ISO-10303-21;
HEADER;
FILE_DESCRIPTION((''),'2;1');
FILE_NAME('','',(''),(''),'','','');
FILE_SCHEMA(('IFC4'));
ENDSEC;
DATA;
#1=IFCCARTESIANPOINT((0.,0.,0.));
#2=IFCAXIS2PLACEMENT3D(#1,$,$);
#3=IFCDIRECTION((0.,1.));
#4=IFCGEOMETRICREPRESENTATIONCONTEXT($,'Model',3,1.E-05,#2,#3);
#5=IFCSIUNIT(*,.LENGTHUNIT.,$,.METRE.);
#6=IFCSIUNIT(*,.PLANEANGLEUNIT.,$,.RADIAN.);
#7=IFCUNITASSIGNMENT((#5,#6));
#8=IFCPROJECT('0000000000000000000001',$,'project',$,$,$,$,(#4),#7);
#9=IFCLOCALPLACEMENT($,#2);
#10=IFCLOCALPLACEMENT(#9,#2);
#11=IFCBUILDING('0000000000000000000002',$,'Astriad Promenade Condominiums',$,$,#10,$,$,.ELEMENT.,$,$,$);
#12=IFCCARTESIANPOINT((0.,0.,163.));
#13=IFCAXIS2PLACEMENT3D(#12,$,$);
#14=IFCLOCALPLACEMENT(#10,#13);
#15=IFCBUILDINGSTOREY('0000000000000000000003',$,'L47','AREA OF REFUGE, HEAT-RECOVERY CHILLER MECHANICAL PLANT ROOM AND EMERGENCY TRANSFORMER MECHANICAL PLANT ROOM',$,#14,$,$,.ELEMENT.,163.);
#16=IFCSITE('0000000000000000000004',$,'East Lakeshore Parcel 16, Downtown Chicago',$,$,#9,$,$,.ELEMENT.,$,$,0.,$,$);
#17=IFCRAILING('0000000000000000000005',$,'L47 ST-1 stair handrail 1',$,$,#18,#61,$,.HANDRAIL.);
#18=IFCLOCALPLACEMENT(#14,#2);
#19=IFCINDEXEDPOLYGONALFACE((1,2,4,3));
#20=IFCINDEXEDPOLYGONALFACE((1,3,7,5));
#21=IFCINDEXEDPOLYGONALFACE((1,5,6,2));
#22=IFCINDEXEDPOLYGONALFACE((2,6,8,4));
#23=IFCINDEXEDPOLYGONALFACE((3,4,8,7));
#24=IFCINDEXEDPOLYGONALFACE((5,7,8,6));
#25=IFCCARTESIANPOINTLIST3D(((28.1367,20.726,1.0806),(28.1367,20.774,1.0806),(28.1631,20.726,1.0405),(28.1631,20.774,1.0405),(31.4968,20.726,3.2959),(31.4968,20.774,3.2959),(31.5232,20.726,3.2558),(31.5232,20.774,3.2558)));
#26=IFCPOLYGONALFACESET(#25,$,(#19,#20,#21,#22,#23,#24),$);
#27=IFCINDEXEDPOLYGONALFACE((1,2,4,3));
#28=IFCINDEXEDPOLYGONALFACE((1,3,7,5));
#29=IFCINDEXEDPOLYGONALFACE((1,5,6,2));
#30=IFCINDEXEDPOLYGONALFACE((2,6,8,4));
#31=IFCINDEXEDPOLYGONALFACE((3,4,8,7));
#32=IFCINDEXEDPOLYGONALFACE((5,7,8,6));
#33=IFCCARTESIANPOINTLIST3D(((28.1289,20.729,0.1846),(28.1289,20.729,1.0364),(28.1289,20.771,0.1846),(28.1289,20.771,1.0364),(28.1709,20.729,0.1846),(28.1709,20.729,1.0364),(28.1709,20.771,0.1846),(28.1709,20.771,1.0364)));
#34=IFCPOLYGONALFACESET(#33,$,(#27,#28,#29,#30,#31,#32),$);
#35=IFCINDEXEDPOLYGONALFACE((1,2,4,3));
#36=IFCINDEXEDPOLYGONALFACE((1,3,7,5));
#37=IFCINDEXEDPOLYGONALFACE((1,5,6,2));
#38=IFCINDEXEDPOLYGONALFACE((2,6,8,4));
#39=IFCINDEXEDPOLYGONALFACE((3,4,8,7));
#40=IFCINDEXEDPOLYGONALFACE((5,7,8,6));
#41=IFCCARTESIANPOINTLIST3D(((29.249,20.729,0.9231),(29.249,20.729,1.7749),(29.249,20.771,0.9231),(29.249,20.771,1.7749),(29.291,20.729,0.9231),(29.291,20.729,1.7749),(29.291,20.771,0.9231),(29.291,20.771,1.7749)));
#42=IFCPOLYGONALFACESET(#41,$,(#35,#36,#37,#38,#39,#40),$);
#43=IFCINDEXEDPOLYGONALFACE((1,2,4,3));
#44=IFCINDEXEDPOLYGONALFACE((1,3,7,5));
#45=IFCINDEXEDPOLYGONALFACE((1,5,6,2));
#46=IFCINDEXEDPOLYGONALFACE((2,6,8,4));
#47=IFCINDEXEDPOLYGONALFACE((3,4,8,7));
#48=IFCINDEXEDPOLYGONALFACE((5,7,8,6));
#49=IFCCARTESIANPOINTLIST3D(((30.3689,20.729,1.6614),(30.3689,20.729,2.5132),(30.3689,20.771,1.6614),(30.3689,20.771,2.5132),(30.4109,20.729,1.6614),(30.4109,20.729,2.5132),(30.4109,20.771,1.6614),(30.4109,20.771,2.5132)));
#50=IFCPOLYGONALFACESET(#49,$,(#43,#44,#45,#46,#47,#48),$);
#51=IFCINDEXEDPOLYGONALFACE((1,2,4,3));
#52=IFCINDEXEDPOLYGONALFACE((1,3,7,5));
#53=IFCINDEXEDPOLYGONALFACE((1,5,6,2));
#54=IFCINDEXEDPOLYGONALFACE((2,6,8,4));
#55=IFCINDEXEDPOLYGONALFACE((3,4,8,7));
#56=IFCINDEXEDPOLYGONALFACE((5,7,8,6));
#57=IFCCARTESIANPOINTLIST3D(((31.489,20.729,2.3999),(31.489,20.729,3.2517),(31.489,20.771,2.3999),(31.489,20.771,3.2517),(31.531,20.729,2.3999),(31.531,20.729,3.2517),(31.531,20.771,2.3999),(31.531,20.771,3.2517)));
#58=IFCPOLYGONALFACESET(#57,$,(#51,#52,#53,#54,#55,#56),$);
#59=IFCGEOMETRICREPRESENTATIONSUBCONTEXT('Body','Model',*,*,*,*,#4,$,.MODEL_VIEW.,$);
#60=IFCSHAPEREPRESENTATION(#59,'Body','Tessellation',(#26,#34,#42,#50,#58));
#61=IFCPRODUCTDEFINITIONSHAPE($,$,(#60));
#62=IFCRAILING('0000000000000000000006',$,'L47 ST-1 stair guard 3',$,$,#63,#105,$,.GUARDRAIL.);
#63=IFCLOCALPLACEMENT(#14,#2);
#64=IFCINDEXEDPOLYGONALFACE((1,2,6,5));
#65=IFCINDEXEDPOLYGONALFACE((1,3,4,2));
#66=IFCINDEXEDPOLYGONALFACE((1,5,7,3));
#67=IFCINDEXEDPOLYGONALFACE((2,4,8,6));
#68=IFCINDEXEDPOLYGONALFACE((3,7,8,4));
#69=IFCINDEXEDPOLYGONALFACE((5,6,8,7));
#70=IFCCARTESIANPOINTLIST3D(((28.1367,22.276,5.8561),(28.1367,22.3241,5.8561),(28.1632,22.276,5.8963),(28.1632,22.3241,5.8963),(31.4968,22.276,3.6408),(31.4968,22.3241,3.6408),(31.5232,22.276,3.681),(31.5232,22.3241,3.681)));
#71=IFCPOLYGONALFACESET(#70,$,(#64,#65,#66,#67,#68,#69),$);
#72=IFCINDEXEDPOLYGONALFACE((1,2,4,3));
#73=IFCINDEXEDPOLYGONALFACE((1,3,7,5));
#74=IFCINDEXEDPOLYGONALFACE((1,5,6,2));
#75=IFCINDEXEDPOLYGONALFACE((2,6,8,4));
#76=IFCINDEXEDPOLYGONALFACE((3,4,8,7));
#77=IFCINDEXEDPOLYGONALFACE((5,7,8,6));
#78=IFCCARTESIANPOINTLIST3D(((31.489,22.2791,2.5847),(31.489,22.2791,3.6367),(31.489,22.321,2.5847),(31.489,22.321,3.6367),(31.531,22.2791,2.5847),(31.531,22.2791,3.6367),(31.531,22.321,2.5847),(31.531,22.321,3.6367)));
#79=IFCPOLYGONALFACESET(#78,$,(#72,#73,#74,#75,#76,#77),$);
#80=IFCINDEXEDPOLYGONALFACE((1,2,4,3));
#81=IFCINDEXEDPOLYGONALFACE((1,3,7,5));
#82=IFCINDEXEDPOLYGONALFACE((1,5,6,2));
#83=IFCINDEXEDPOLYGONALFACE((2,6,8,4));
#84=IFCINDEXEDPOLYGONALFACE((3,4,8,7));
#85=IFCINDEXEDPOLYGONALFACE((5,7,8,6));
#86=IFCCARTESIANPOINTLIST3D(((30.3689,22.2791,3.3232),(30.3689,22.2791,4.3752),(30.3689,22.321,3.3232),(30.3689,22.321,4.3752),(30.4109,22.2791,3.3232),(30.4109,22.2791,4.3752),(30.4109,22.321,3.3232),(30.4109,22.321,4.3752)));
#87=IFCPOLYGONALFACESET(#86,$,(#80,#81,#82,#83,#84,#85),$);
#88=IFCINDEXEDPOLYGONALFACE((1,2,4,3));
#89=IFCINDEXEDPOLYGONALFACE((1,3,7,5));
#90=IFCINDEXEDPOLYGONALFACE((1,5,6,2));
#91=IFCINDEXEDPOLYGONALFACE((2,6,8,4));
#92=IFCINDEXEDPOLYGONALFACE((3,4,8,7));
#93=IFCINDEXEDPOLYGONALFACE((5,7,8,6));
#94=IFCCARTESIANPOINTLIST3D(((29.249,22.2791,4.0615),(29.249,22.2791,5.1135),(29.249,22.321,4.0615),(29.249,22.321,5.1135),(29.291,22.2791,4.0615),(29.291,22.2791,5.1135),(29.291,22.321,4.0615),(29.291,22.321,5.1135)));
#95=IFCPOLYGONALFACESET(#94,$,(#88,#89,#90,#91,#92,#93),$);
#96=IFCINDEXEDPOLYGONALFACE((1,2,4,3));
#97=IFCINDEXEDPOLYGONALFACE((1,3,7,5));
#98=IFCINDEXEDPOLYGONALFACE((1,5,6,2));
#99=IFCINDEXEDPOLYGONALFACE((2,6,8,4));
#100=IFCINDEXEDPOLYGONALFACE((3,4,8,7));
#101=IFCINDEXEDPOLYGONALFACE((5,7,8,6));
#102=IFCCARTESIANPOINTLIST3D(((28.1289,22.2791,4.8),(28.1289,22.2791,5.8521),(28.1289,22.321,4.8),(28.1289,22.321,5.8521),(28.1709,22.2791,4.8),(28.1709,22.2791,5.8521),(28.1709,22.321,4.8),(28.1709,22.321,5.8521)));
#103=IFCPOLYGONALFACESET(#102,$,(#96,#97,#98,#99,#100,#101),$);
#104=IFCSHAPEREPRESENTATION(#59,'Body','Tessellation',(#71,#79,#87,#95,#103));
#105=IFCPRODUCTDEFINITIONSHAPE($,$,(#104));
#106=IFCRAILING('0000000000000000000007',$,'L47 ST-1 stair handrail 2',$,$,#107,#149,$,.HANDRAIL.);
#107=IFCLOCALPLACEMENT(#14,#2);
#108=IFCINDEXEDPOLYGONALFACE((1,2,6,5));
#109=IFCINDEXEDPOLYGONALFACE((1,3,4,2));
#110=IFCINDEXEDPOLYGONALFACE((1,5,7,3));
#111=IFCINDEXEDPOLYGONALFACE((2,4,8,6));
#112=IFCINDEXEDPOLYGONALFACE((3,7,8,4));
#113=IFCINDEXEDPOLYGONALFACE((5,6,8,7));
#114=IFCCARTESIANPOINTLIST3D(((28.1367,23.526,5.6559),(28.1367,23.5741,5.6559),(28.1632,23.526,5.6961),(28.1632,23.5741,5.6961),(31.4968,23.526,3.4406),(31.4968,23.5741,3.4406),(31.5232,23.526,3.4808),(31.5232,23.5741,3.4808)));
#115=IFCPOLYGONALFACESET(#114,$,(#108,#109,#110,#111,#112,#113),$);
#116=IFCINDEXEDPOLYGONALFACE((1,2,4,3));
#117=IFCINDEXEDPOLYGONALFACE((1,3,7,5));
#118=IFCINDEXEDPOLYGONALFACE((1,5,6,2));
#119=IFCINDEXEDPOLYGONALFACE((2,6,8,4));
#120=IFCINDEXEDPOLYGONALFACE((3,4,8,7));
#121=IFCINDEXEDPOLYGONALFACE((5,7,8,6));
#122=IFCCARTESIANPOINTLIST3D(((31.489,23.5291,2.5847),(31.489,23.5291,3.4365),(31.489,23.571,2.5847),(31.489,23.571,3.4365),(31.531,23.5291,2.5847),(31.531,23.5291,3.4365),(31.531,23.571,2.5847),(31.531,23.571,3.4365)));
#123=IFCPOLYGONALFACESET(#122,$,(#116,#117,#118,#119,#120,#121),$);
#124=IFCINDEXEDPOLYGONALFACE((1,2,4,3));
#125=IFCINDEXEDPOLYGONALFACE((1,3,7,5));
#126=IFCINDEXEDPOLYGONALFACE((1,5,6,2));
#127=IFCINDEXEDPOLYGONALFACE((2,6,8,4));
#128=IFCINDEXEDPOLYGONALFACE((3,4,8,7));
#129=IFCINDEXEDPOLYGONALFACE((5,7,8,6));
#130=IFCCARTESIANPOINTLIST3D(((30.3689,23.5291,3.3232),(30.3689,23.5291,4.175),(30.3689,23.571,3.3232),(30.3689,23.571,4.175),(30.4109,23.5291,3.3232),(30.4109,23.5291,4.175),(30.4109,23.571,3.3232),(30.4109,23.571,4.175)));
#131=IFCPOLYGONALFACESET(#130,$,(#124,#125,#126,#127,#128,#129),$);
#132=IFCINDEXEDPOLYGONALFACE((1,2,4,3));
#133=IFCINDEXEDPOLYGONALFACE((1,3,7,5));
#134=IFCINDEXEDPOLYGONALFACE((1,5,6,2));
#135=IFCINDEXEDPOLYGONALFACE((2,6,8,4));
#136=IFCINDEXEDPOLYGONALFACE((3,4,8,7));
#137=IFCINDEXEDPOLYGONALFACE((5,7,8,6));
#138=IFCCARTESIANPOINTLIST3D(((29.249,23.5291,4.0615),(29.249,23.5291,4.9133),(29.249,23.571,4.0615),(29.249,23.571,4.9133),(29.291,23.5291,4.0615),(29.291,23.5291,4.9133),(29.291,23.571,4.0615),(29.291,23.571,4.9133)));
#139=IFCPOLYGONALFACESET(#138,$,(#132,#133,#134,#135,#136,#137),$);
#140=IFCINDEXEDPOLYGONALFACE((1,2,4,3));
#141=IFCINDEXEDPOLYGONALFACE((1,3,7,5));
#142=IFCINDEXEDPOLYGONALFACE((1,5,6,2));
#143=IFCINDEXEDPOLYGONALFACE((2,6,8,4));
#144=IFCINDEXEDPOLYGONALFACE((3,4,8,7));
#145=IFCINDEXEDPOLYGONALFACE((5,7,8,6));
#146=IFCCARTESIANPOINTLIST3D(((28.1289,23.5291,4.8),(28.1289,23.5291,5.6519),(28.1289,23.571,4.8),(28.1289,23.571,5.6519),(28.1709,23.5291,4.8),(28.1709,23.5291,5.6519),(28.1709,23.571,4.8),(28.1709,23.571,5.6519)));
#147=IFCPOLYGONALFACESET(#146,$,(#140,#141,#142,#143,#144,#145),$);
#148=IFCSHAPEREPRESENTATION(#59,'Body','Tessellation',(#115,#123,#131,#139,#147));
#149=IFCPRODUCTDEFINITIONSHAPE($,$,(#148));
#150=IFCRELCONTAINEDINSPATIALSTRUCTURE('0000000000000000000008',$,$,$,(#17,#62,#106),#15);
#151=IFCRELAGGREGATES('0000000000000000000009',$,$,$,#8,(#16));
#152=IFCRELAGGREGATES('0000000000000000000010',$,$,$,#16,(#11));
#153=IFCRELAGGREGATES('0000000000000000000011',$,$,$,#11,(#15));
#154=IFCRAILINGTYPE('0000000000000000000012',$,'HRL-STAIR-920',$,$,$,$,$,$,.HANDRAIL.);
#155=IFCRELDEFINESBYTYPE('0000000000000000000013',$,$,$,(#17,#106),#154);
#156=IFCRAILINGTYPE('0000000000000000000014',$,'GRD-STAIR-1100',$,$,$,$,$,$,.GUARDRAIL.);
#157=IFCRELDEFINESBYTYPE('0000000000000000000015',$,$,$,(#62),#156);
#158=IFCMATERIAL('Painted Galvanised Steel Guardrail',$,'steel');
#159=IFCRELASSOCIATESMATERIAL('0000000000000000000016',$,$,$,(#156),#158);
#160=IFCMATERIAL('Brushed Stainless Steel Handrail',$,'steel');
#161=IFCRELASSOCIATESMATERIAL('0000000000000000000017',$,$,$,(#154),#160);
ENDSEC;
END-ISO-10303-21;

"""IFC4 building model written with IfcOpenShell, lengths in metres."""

from ifc_helpers import new_model, si_unit, direction, frame, origin, origin_2d, place, context, subcontext, project, spatial, rectangle, extrude, source, transform, mapped, material, type_object, type_shapes, element, save


model = new_model("IFC4")

# Units and contexts
model_context = context("Model", 3, precision=1e-05, world=origin(), true_north=direction((0.0, 1.0)))
body_context = subcontext(model_context, "Body", "Model", "MODEL_VIEW")
ifc_project = project(units=[si_unit("LENGTHUNIT", "METRE"), si_unit("PLANEANGLEUNIT", "RADIAN")], contexts=[model_context])

# Site, building, storey
site_placement = place(None, origin())
site = spatial("IfcSite", under=ifc_project, at=site_placement, Name="East Lakeshore Parcel 16, Downtown Chicago", CompositionType="ELEMENT", RefElevation=0.0)
building_placement = place(site_placement, origin())
building = spatial("IfcBuilding", under=site, at=building_placement, Name="Astriad Promenade Condominiums", CompositionType="ELEMENT")
storey_placement = place(building_placement, frame((0.0, 0.0, 163.0)))
storey = spatial("IfcBuildingStorey", under=building, at=storey_placement, Name="L47", Description="AREA OF REFUGE, HEAT-RECOVERY CHILLER MECHANICAL PLANT ROOM AND EMERGENCY TRANSFORMER MECHANICAL PLANT ROOM", CompositionType="ELEMENT", Elevation=163.0)

# Railings
ifc_material_1 = material(Name="Painted Galvanised Steel Guardrail", Category="steel")
railing_type_1 = type_object("IfcRailingType", Name="GRD-STAIR-1100", PredefinedType="GUARDRAIL", material=ifc_material_1)
ifc_material_2 = material(Name="Brushed Stainless Steel Handrail", Category="steel")
railing_type_2 = type_object("IfcRailingType", Name="HRL-STAIR-920", PredefinedType="HANDRAIL", material=ifc_material_2)
shared_shape_1 = source(origin(), body_context, "Body", "SweptSolid", [
    extrude(rectangle(XDim=0.0481, YDim=0.0481, at=origin_2d()), frame((0.0, 0.0, 0.876), z_axis=(0.834876, 0.0, 0.550437), x_axis=(0.0, 1.0, 0.0)), (0.0, 0.0, 1.0), 4.0247),
    extrude(rectangle(XDim=0.042, YDim=0.042, at=origin_2d()), origin(), (0.0, 0.0, 1.0), 0.8518),
    extrude(rectangle(XDim=0.042, YDim=0.042, at=origin_2d()), frame((1.1201, 0.0, 0.7385)), (0.0, 0.0, 1.0), 0.8518),
    extrude(rectangle(XDim=0.042, YDim=0.042, at=origin_2d()), frame((2.24, 0.0, 1.4768)), (0.0, 0.0, 1.0), 0.8518),
    extrude(rectangle(XDim=0.042, YDim=0.042, at=origin_2d()), frame((3.3601, 0.0, 2.2153)), (0.0, 0.0, 1.0), 0.8518),
])
railing_1_placement = place(storey_placement, frame((28.1499, 20.75, 0.1846)))
element("IfcRailing", 1, at=railing_1_placement, inside=storey, type_object=railing_type_2, Name="L47 ST-1 stair handrail 1", PredefinedType="HANDRAIL", context=body_context, shape_type="MappedRepresentation", body=[
    mapped(shared_shape_1, transform((0.0, 0.0, 0.0), scale=1.0)),
])
shared_shape_2 = source(origin(), body_context, "Body", "SweptSolid", [
    extrude(rectangle(XDim=0.0481, YDim=0.0481, at=origin_2d()), frame((0.0, 0.0, 1.0762), z_axis=(-0.834876, 0.0, 0.550437), x_axis=(0.0, -1.0, 0.0)), (0.0, 0.0, 1.0), 4.0247),
    extrude(rectangle(XDim=0.042, YDim=0.042, at=origin_2d()), origin(), (0.0, 0.0, 1.0), 1.052),
    extrude(rectangle(XDim=0.042, YDim=0.042, at=origin_2d()), frame((-1.1201, 0.0, 0.7385)), (0.0, 0.0, 1.0), 1.052),
    extrude(rectangle(XDim=0.042, YDim=0.042, at=origin_2d()), frame((-2.24, 0.0, 1.4768)), (0.0, 0.0, 1.0), 1.052),
    extrude(rectangle(XDim=0.042, YDim=0.042, at=origin_2d()), frame((-3.3601, 0.0, 2.2153)), (0.0, 0.0, 1.0), 1.052),
])
railing_2_placement = place(storey_placement, frame((31.51, 22.3, 2.5847)))
element("IfcRailing", 2, at=railing_2_placement, inside=storey, type_object=railing_type_1, Name="L47 ST-1 stair guard 3", PredefinedType="GUARDRAIL", context=body_context, shape_type="MappedRepresentation", body=[
    mapped(shared_shape_2, transform((0.0, 0.0, 0.0), scale=1.0)),
])
shared_shape_3 = source(origin(), body_context, "Body", "SweptSolid", [
    extrude(rectangle(XDim=0.0481, YDim=0.0481, at=origin_2d()), frame((0.0, 0.0, 0.876), z_axis=(-0.834876, 0.0, 0.550437), x_axis=(0.0, -1.0, 0.0)), (0.0, 0.0, 1.0), 4.0247),
    extrude(rectangle(XDim=0.042, YDim=0.042, at=origin_2d()), origin(), (0.0, 0.0, 1.0), 0.8518),
    extrude(rectangle(XDim=0.042, YDim=0.042, at=origin_2d()), frame((-1.1201, 0.0, 0.7385)), (0.0, 0.0, 1.0), 0.8518),
    extrude(rectangle(XDim=0.042, YDim=0.042, at=origin_2d()), frame((-2.24, 0.0, 1.4768)), (0.0, 0.0, 1.0), 0.8518),
    extrude(rectangle(XDim=0.042, YDim=0.042, at=origin_2d()), frame((-3.3601, 0.0, 2.2153)), (0.0, 0.0, 1.0), 0.8518),
])
type_shapes(railing_type_2, [shared_shape_1, shared_shape_3])
railing_3_placement = place(storey_placement, frame((31.51, 23.55, 2.5847)))
element("IfcRailing", 3, at=railing_3_placement, inside=storey, type_object=railing_type_2, Name="L47 ST-1 stair handrail 2", PredefinedType="HANDRAIL", context=body_context, shape_type="MappedRepresentation", body=[
    mapped(shared_shape_3, transform((0.0, 0.0, 0.0), scale=1.0)),
])

save(model, "model.ifc")
